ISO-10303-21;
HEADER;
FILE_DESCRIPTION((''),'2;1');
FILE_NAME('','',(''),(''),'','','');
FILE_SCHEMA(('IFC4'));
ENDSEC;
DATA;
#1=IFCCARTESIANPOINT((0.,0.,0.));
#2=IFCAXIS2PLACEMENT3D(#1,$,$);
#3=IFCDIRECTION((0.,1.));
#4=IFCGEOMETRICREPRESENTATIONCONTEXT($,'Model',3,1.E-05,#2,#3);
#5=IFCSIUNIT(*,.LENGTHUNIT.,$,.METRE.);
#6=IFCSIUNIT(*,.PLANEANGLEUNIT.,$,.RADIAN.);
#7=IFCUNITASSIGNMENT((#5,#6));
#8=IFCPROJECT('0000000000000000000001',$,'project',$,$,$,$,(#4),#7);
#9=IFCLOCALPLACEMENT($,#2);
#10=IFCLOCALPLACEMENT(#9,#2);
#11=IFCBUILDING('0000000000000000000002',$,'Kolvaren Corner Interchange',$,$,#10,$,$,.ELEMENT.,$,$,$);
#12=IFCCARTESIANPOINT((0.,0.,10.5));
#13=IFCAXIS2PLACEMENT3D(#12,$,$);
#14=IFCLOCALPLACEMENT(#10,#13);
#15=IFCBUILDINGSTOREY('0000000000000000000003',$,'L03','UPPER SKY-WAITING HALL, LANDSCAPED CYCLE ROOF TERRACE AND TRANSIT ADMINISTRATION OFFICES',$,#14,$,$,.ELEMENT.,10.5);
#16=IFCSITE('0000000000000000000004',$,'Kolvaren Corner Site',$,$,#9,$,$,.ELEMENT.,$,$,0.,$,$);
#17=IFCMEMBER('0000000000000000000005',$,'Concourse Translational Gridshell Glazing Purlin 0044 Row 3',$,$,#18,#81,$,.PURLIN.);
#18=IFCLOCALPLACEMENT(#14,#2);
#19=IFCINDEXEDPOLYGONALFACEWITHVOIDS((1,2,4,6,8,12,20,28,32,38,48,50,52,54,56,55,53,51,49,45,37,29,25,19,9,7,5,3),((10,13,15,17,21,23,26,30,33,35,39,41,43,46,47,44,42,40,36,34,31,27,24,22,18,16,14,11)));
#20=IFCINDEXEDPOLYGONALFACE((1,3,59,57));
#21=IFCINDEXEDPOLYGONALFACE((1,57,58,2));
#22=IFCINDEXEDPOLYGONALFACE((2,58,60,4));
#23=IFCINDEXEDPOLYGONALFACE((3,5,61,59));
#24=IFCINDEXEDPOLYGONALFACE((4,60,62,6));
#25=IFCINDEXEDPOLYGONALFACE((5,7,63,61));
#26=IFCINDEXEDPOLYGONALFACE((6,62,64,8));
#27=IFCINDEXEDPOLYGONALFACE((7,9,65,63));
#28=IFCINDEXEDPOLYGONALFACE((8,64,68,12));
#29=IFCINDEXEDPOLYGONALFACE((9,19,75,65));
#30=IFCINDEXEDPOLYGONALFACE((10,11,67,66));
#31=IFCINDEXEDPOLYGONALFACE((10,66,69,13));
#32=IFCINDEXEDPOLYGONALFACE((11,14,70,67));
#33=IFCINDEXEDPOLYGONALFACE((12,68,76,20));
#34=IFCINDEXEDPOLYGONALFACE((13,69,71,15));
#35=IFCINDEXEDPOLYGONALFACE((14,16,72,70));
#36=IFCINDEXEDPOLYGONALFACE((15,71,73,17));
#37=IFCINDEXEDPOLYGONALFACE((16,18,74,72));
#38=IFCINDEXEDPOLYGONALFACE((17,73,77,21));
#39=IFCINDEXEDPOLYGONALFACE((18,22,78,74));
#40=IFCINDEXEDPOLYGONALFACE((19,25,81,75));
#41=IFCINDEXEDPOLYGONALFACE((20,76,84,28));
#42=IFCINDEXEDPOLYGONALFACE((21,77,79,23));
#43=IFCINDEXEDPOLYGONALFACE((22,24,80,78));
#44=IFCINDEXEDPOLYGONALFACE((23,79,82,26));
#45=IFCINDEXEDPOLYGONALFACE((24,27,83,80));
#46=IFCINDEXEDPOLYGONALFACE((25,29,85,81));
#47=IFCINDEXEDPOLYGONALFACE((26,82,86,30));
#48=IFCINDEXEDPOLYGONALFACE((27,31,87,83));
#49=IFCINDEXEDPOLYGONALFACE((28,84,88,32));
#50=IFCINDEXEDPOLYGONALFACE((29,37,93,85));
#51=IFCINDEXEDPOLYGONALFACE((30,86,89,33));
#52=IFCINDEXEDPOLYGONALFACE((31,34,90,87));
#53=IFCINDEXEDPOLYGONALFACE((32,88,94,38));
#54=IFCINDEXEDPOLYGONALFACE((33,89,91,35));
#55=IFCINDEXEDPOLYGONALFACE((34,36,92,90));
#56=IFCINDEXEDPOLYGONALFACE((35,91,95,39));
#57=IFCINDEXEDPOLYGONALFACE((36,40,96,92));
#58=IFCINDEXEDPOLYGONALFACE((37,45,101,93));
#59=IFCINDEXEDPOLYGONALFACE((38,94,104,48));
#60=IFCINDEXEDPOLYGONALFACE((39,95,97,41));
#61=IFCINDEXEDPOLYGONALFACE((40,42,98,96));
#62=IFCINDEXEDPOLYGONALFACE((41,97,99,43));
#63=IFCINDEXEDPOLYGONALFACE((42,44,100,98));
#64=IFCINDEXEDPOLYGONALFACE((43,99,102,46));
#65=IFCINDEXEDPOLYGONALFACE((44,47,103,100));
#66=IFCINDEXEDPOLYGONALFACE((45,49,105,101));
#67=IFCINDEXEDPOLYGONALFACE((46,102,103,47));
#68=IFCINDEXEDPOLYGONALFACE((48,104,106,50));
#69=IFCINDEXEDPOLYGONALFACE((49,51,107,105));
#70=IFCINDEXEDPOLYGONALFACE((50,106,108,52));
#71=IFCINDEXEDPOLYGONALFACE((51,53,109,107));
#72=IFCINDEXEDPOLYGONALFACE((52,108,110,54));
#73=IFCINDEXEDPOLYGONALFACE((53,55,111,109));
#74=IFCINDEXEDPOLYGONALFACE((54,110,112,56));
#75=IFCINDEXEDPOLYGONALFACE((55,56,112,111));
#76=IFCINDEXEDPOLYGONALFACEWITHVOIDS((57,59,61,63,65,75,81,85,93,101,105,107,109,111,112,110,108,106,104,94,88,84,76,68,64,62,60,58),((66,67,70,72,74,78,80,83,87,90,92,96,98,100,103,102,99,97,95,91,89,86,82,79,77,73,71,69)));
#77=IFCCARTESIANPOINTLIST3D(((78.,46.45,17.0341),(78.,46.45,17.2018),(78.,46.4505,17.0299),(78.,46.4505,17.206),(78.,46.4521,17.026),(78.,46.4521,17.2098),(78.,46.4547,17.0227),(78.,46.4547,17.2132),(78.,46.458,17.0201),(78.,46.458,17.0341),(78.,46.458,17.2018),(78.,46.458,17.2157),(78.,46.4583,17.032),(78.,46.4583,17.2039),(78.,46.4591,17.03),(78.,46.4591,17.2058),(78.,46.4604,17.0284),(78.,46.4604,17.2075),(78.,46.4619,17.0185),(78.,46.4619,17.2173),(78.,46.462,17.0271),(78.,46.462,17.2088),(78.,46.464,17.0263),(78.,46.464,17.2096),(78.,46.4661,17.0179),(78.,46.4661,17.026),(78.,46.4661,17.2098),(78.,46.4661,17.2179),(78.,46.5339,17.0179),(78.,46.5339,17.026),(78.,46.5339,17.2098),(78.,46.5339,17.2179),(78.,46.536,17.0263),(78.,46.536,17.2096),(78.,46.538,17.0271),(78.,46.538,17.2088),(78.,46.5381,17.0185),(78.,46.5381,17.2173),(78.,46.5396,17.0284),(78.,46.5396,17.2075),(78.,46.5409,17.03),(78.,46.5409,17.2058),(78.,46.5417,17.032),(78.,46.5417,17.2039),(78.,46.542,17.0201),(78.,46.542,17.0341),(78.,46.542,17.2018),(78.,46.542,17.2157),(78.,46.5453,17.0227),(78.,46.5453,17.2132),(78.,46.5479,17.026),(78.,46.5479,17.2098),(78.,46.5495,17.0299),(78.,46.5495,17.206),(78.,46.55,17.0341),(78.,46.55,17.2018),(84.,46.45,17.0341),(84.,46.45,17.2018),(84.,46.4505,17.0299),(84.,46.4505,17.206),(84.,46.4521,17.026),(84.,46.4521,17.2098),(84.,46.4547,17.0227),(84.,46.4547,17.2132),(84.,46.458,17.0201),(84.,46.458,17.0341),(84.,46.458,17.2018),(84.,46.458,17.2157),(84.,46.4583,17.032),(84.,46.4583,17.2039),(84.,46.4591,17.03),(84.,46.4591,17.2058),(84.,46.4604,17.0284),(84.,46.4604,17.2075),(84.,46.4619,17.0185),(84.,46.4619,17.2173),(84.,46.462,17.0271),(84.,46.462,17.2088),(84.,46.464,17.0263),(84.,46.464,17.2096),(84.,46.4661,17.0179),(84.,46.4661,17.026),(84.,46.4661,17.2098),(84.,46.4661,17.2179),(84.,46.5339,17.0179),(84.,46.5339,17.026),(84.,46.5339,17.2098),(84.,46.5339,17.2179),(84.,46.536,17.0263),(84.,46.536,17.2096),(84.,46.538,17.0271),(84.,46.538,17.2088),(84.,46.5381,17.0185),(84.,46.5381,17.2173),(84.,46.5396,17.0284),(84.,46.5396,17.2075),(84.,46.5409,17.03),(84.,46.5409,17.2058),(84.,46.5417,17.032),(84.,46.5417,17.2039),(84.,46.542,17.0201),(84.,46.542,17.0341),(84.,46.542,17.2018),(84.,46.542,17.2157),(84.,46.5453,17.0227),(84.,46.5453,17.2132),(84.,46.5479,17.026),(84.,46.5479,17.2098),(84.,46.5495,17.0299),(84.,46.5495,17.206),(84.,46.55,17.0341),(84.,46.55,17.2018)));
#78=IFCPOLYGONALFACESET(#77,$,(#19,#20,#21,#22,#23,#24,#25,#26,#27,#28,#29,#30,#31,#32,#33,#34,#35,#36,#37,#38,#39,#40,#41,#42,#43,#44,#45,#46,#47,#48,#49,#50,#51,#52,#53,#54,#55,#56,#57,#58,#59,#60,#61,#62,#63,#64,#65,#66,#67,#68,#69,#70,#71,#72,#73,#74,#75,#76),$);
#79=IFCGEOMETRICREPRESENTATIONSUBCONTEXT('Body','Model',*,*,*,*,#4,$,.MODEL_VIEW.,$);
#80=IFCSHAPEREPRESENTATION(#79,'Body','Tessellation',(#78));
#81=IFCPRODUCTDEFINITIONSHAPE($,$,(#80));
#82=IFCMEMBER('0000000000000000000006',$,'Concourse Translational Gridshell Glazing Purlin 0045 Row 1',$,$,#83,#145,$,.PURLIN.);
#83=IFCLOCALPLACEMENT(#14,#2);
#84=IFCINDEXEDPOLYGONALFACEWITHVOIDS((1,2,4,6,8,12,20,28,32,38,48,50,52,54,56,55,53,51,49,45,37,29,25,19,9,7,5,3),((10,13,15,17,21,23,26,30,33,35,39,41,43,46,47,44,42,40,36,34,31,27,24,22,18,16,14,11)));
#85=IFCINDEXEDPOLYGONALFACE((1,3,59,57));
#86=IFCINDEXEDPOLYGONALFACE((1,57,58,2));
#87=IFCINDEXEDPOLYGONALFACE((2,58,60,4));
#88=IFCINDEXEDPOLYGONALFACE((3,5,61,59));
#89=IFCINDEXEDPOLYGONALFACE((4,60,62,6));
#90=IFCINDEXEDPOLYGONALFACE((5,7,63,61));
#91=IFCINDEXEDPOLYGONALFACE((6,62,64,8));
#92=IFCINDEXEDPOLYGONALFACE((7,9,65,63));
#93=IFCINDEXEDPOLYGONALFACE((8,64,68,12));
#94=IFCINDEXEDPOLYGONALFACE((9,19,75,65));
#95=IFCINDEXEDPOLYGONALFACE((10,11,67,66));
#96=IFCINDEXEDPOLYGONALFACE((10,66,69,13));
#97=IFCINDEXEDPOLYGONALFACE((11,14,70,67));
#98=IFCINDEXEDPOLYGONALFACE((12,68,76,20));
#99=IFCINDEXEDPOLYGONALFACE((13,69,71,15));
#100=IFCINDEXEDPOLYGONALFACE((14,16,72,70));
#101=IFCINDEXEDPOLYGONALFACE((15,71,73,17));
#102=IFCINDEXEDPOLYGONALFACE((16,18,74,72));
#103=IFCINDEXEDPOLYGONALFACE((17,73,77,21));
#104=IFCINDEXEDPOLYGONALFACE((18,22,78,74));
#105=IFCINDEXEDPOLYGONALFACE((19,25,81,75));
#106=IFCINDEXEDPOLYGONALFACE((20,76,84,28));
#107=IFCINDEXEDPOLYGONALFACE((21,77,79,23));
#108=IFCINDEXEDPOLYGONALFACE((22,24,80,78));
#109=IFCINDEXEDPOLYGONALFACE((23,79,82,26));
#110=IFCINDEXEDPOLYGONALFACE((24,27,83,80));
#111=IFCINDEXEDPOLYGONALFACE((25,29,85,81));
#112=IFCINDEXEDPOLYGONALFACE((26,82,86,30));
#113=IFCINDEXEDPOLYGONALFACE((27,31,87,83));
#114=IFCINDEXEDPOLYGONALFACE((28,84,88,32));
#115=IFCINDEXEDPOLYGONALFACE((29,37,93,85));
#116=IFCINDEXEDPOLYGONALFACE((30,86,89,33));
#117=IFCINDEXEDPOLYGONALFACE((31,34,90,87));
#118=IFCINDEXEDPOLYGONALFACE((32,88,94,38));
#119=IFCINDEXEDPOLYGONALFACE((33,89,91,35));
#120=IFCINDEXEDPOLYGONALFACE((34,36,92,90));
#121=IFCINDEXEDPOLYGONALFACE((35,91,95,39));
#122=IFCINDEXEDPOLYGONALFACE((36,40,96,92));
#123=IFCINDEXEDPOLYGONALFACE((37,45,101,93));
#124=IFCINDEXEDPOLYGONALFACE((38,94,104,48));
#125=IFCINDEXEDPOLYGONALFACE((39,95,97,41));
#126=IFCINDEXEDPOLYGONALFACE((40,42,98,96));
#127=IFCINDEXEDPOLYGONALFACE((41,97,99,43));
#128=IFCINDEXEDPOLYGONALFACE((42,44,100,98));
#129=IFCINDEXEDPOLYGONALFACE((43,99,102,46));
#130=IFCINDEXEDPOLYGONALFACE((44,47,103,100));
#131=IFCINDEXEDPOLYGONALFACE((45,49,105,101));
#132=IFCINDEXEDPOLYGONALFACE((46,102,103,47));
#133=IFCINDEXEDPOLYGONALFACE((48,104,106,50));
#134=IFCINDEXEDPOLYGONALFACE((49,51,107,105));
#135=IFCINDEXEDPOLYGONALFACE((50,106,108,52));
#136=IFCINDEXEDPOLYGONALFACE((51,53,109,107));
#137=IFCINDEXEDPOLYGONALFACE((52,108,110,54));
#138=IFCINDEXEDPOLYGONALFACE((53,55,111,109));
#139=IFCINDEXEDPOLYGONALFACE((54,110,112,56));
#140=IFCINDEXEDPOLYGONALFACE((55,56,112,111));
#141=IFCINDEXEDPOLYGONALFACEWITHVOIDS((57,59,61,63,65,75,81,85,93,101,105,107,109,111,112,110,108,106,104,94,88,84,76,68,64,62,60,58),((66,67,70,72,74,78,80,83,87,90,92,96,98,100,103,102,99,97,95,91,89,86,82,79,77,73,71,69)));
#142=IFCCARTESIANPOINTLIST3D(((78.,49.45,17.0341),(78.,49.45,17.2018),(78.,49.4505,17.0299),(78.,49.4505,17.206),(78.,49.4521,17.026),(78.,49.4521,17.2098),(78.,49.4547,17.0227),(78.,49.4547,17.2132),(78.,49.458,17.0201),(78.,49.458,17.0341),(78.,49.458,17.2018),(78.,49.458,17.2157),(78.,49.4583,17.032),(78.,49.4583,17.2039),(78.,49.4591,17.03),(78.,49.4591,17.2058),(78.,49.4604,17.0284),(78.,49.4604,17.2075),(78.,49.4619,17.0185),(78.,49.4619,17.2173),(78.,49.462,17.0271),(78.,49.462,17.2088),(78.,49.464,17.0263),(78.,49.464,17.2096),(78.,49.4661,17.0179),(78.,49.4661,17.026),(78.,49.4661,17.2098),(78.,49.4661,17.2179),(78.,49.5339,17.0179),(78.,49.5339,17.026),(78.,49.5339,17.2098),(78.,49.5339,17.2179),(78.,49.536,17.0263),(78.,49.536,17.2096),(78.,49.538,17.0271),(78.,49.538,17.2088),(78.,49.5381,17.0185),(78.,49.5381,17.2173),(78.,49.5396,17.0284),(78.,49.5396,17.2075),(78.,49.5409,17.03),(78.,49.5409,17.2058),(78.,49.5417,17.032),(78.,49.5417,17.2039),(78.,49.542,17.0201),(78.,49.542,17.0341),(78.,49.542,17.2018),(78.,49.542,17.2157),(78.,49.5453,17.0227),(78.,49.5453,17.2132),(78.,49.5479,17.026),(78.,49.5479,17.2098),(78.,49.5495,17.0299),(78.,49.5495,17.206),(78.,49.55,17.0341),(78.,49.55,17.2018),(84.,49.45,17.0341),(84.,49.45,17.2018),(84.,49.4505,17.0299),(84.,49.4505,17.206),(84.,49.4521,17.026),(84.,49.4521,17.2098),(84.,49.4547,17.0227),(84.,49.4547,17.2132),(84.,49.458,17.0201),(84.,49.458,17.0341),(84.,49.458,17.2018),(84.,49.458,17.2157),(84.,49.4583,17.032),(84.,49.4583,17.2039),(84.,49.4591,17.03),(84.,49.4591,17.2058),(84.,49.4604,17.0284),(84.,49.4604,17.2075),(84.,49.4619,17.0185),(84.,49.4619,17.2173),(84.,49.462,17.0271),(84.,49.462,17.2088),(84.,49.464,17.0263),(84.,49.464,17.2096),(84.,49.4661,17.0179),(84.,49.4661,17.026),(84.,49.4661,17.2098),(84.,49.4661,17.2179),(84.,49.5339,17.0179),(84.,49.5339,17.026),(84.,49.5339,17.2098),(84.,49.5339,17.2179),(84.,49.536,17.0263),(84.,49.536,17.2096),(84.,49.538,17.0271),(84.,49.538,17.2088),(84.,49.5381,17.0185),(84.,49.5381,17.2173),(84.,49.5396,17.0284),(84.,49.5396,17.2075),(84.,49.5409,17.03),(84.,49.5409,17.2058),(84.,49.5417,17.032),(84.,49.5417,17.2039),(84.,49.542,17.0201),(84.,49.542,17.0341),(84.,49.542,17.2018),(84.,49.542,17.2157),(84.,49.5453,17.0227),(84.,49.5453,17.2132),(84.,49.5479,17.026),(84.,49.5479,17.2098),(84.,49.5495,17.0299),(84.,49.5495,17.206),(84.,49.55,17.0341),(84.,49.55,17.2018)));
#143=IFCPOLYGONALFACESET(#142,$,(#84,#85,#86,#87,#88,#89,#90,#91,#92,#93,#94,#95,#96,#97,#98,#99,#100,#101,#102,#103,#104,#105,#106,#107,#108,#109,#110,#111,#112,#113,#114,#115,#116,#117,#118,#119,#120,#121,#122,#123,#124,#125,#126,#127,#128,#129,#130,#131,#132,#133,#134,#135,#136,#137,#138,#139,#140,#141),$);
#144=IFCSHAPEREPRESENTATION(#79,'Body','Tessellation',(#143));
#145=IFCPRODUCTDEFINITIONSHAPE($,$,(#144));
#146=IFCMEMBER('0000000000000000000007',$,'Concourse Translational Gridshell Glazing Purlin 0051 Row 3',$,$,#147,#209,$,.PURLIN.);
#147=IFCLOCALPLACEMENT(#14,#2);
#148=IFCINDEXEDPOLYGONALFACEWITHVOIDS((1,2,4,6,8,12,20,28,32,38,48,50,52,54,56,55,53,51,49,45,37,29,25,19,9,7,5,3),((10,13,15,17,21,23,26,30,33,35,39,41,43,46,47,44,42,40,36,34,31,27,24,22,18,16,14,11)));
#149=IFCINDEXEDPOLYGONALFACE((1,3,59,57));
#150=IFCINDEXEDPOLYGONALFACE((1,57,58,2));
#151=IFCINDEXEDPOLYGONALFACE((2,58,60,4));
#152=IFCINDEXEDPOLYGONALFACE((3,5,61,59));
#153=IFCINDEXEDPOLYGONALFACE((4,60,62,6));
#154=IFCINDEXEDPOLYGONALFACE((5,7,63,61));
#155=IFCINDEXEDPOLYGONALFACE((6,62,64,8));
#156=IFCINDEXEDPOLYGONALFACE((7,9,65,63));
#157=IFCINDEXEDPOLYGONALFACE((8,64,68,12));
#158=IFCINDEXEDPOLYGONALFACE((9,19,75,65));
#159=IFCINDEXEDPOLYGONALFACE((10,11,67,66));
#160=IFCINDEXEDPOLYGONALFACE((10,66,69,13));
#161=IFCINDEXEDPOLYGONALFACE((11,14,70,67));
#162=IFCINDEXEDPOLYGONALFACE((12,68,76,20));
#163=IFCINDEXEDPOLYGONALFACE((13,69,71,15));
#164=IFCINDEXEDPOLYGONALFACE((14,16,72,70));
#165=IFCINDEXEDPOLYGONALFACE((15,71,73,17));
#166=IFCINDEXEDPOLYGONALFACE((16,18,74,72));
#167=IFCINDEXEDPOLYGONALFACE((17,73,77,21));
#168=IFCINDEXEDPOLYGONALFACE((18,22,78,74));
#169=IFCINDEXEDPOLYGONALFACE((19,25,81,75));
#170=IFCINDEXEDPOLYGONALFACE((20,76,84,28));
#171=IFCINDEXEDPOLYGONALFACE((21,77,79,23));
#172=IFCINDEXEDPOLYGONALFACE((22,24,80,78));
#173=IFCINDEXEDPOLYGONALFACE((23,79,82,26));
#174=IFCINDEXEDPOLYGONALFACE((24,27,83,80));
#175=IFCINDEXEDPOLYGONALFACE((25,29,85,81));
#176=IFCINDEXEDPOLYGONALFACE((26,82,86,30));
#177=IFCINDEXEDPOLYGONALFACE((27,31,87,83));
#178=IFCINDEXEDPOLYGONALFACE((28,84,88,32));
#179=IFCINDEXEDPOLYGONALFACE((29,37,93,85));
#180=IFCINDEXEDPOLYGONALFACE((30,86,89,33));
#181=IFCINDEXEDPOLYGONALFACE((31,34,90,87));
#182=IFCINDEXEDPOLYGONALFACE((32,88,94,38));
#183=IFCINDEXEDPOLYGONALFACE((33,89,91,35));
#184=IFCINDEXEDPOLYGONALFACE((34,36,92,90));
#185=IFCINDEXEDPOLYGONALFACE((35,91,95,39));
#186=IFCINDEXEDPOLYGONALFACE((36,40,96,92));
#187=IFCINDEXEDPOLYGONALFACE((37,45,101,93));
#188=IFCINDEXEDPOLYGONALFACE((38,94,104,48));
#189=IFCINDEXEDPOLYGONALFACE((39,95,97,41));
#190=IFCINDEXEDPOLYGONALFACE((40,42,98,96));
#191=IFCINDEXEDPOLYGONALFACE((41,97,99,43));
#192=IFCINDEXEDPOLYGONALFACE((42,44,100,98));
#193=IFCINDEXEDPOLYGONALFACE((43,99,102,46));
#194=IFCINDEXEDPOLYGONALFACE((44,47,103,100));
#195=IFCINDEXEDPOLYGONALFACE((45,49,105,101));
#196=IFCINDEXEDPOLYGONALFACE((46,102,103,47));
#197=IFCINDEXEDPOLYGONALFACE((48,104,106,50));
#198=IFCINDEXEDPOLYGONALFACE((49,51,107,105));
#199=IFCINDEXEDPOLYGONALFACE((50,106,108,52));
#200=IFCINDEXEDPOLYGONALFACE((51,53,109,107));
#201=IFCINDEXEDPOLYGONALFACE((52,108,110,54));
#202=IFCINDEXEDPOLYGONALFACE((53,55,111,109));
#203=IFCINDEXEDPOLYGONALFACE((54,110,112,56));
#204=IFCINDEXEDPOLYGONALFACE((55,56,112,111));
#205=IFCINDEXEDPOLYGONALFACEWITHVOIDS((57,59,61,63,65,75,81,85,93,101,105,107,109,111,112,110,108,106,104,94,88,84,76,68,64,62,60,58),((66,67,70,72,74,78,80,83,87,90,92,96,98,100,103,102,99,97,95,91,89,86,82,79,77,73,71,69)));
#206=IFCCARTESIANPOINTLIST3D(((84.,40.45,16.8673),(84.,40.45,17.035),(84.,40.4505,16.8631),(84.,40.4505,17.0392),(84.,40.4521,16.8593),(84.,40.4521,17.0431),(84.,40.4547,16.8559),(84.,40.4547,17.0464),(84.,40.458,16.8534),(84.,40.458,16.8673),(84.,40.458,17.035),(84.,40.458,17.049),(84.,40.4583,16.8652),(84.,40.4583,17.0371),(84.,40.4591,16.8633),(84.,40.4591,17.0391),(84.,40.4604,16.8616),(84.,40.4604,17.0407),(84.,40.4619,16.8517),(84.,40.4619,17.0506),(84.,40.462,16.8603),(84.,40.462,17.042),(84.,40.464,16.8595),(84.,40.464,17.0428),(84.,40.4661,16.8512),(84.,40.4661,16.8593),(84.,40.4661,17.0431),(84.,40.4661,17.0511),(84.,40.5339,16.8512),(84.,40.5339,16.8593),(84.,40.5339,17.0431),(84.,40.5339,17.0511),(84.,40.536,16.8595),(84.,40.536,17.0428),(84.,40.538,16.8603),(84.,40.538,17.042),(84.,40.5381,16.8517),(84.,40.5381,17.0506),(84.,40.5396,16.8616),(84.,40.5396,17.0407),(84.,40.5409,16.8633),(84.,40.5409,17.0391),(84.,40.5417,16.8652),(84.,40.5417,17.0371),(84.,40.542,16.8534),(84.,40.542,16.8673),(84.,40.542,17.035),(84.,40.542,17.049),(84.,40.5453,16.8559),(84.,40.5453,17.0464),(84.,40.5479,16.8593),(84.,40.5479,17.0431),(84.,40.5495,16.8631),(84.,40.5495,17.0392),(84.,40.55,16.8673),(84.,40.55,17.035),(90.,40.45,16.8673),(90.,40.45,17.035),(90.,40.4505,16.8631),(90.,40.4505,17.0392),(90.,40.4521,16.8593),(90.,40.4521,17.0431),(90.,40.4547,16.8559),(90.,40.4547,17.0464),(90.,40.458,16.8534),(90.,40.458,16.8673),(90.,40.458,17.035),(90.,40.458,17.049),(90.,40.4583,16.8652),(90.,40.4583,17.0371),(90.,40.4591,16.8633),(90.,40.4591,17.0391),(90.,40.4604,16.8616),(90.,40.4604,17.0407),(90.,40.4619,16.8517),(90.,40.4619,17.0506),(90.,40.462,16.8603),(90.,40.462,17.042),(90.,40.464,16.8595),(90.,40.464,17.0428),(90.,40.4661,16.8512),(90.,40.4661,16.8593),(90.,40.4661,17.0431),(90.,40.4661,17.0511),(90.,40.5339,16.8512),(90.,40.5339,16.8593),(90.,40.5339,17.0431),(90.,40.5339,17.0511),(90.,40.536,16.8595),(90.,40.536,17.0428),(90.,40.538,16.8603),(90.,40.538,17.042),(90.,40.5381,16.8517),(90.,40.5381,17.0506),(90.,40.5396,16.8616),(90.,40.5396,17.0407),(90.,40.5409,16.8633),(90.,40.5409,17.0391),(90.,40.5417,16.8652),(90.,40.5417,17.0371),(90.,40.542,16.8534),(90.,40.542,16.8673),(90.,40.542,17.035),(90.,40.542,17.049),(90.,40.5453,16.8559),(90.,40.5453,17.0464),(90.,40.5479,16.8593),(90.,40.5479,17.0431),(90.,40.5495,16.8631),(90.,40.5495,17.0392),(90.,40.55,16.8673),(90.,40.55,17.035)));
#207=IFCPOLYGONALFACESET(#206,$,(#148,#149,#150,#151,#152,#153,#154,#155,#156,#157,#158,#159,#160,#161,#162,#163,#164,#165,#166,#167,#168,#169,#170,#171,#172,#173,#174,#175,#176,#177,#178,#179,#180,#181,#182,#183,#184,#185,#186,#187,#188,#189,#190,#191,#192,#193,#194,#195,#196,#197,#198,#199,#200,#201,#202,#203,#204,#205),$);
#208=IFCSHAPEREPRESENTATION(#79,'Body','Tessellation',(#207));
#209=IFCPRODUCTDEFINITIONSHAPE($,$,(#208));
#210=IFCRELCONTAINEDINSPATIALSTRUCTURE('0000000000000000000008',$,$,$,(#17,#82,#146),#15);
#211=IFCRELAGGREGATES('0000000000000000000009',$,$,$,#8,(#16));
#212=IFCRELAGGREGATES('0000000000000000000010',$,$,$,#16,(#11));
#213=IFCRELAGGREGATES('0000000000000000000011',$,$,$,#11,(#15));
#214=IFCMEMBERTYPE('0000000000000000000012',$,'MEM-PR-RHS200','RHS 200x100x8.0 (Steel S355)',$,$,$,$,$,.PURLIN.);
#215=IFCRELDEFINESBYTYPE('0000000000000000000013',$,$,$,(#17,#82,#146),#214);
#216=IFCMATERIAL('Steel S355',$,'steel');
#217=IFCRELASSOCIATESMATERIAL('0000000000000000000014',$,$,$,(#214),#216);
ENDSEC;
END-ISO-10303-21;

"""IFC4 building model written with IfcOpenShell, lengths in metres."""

from ifc_helpers import new_model, si_unit, direction, frame, origin, origin_2d, place, context, subcontext, project, spatial, hollow_rectangle, extrude, material, material_profile, profile_set, type_object, element, save


model = new_model("IFC4")

# Units and contexts
model_context = context("Model", 3, precision=1e-05, world=origin(), true_north=direction((0.0, 1.0)))
body_context = subcontext(model_context, "Body", "Model", "MODEL_VIEW")
ifc_project = project(units=[si_unit("LENGTHUNIT", "METRE"), si_unit("PLANEANGLEUNIT", "RADIAN")], contexts=[model_context])

# Site, building, storey
site_placement = place(None, origin())
site = spatial("IfcSite", under=ifc_project, at=site_placement, Name="Kolvaren Corner Site", CompositionType="ELEMENT", RefElevation=0.0)
building_placement = place(site_placement, origin())
building = spatial("IfcBuilding", under=site, at=building_placement, Name="Kolvaren Corner Interchange", CompositionType="ELEMENT")
storey_placement = place(building_placement, frame((0.0, 0.0, 10.5)))
storey = spatial("IfcBuildingStorey", under=building, at=storey_placement, Name="L03", Description="UPPER SKY-WAITING HALL, LANDSCAPED CYCLE ROOF TERRACE AND TRANSIT ADMINISTRATION OFFICES", CompositionType="ELEMENT", Elevation=10.5)

# Members
ifc_material_1 = material(Name="Steel S355", Category="steel")
ifc_material_profile_1 = material_profile(ifc_material_1, hollow_rectangle(XDim=0.1001, YDim=0.2, WallThickness=0.0081, InnerFilletRadius=0.0081, OuterFilletRadius=0.0161, at=origin_2d()), Name="RHS 200x100x8.0")
ifc_profile_set_1 = profile_set([ifc_material_profile_1], Name="Steel S355")
member_type_1 = type_object("IfcMemberType", Name="MEM-PR-RHS200", Description="RHS 200x100x8.0 (Steel S355)", PredefinedType="PURLIN", material=ifc_profile_set_1)
for number, where, z_axis, x_axis, name in (
    (1, (78.0, 46.5, 17.1179), (1.0, 0.0, 0.0), (0.0, 1.0, 0.0), "Concourse Translational Gridshell Glazing Purlin 0044 Row 3"),
    (2, (78.0, 49.5, 17.1179), (1.0, 0.0, 0.0), (0.0, 1.0, 0.0), "Concourse Translational Gridshell Glazing Purlin 0045 Row 1"),
    (3, (84.0, 40.5, 16.9512), (1.0, 0.0, 0.0), (0.0, 1.0, 0.0), "Concourse Translational Gridshell Glazing Purlin 0051 Row 3"),
):
    element("IfcMember", number, at=place(storey_placement, frame(where, z_axis=z_axis, x_axis=x_axis)), inside=storey, type_object=member_type_1, Name=name, PredefinedType="PURLIN", context=body_context, shape_type="SweptSolid", body=[
        extrude(hollow_rectangle(XDim=0.1001, YDim=0.2, WallThickness=0.0081, InnerFilletRadius=0.0081, OuterFilletRadius=0.0161, at=origin_2d()), origin(), (0.0, 0.0, 1.0), 6.0),
    ])

save(model, "model.ifc")
